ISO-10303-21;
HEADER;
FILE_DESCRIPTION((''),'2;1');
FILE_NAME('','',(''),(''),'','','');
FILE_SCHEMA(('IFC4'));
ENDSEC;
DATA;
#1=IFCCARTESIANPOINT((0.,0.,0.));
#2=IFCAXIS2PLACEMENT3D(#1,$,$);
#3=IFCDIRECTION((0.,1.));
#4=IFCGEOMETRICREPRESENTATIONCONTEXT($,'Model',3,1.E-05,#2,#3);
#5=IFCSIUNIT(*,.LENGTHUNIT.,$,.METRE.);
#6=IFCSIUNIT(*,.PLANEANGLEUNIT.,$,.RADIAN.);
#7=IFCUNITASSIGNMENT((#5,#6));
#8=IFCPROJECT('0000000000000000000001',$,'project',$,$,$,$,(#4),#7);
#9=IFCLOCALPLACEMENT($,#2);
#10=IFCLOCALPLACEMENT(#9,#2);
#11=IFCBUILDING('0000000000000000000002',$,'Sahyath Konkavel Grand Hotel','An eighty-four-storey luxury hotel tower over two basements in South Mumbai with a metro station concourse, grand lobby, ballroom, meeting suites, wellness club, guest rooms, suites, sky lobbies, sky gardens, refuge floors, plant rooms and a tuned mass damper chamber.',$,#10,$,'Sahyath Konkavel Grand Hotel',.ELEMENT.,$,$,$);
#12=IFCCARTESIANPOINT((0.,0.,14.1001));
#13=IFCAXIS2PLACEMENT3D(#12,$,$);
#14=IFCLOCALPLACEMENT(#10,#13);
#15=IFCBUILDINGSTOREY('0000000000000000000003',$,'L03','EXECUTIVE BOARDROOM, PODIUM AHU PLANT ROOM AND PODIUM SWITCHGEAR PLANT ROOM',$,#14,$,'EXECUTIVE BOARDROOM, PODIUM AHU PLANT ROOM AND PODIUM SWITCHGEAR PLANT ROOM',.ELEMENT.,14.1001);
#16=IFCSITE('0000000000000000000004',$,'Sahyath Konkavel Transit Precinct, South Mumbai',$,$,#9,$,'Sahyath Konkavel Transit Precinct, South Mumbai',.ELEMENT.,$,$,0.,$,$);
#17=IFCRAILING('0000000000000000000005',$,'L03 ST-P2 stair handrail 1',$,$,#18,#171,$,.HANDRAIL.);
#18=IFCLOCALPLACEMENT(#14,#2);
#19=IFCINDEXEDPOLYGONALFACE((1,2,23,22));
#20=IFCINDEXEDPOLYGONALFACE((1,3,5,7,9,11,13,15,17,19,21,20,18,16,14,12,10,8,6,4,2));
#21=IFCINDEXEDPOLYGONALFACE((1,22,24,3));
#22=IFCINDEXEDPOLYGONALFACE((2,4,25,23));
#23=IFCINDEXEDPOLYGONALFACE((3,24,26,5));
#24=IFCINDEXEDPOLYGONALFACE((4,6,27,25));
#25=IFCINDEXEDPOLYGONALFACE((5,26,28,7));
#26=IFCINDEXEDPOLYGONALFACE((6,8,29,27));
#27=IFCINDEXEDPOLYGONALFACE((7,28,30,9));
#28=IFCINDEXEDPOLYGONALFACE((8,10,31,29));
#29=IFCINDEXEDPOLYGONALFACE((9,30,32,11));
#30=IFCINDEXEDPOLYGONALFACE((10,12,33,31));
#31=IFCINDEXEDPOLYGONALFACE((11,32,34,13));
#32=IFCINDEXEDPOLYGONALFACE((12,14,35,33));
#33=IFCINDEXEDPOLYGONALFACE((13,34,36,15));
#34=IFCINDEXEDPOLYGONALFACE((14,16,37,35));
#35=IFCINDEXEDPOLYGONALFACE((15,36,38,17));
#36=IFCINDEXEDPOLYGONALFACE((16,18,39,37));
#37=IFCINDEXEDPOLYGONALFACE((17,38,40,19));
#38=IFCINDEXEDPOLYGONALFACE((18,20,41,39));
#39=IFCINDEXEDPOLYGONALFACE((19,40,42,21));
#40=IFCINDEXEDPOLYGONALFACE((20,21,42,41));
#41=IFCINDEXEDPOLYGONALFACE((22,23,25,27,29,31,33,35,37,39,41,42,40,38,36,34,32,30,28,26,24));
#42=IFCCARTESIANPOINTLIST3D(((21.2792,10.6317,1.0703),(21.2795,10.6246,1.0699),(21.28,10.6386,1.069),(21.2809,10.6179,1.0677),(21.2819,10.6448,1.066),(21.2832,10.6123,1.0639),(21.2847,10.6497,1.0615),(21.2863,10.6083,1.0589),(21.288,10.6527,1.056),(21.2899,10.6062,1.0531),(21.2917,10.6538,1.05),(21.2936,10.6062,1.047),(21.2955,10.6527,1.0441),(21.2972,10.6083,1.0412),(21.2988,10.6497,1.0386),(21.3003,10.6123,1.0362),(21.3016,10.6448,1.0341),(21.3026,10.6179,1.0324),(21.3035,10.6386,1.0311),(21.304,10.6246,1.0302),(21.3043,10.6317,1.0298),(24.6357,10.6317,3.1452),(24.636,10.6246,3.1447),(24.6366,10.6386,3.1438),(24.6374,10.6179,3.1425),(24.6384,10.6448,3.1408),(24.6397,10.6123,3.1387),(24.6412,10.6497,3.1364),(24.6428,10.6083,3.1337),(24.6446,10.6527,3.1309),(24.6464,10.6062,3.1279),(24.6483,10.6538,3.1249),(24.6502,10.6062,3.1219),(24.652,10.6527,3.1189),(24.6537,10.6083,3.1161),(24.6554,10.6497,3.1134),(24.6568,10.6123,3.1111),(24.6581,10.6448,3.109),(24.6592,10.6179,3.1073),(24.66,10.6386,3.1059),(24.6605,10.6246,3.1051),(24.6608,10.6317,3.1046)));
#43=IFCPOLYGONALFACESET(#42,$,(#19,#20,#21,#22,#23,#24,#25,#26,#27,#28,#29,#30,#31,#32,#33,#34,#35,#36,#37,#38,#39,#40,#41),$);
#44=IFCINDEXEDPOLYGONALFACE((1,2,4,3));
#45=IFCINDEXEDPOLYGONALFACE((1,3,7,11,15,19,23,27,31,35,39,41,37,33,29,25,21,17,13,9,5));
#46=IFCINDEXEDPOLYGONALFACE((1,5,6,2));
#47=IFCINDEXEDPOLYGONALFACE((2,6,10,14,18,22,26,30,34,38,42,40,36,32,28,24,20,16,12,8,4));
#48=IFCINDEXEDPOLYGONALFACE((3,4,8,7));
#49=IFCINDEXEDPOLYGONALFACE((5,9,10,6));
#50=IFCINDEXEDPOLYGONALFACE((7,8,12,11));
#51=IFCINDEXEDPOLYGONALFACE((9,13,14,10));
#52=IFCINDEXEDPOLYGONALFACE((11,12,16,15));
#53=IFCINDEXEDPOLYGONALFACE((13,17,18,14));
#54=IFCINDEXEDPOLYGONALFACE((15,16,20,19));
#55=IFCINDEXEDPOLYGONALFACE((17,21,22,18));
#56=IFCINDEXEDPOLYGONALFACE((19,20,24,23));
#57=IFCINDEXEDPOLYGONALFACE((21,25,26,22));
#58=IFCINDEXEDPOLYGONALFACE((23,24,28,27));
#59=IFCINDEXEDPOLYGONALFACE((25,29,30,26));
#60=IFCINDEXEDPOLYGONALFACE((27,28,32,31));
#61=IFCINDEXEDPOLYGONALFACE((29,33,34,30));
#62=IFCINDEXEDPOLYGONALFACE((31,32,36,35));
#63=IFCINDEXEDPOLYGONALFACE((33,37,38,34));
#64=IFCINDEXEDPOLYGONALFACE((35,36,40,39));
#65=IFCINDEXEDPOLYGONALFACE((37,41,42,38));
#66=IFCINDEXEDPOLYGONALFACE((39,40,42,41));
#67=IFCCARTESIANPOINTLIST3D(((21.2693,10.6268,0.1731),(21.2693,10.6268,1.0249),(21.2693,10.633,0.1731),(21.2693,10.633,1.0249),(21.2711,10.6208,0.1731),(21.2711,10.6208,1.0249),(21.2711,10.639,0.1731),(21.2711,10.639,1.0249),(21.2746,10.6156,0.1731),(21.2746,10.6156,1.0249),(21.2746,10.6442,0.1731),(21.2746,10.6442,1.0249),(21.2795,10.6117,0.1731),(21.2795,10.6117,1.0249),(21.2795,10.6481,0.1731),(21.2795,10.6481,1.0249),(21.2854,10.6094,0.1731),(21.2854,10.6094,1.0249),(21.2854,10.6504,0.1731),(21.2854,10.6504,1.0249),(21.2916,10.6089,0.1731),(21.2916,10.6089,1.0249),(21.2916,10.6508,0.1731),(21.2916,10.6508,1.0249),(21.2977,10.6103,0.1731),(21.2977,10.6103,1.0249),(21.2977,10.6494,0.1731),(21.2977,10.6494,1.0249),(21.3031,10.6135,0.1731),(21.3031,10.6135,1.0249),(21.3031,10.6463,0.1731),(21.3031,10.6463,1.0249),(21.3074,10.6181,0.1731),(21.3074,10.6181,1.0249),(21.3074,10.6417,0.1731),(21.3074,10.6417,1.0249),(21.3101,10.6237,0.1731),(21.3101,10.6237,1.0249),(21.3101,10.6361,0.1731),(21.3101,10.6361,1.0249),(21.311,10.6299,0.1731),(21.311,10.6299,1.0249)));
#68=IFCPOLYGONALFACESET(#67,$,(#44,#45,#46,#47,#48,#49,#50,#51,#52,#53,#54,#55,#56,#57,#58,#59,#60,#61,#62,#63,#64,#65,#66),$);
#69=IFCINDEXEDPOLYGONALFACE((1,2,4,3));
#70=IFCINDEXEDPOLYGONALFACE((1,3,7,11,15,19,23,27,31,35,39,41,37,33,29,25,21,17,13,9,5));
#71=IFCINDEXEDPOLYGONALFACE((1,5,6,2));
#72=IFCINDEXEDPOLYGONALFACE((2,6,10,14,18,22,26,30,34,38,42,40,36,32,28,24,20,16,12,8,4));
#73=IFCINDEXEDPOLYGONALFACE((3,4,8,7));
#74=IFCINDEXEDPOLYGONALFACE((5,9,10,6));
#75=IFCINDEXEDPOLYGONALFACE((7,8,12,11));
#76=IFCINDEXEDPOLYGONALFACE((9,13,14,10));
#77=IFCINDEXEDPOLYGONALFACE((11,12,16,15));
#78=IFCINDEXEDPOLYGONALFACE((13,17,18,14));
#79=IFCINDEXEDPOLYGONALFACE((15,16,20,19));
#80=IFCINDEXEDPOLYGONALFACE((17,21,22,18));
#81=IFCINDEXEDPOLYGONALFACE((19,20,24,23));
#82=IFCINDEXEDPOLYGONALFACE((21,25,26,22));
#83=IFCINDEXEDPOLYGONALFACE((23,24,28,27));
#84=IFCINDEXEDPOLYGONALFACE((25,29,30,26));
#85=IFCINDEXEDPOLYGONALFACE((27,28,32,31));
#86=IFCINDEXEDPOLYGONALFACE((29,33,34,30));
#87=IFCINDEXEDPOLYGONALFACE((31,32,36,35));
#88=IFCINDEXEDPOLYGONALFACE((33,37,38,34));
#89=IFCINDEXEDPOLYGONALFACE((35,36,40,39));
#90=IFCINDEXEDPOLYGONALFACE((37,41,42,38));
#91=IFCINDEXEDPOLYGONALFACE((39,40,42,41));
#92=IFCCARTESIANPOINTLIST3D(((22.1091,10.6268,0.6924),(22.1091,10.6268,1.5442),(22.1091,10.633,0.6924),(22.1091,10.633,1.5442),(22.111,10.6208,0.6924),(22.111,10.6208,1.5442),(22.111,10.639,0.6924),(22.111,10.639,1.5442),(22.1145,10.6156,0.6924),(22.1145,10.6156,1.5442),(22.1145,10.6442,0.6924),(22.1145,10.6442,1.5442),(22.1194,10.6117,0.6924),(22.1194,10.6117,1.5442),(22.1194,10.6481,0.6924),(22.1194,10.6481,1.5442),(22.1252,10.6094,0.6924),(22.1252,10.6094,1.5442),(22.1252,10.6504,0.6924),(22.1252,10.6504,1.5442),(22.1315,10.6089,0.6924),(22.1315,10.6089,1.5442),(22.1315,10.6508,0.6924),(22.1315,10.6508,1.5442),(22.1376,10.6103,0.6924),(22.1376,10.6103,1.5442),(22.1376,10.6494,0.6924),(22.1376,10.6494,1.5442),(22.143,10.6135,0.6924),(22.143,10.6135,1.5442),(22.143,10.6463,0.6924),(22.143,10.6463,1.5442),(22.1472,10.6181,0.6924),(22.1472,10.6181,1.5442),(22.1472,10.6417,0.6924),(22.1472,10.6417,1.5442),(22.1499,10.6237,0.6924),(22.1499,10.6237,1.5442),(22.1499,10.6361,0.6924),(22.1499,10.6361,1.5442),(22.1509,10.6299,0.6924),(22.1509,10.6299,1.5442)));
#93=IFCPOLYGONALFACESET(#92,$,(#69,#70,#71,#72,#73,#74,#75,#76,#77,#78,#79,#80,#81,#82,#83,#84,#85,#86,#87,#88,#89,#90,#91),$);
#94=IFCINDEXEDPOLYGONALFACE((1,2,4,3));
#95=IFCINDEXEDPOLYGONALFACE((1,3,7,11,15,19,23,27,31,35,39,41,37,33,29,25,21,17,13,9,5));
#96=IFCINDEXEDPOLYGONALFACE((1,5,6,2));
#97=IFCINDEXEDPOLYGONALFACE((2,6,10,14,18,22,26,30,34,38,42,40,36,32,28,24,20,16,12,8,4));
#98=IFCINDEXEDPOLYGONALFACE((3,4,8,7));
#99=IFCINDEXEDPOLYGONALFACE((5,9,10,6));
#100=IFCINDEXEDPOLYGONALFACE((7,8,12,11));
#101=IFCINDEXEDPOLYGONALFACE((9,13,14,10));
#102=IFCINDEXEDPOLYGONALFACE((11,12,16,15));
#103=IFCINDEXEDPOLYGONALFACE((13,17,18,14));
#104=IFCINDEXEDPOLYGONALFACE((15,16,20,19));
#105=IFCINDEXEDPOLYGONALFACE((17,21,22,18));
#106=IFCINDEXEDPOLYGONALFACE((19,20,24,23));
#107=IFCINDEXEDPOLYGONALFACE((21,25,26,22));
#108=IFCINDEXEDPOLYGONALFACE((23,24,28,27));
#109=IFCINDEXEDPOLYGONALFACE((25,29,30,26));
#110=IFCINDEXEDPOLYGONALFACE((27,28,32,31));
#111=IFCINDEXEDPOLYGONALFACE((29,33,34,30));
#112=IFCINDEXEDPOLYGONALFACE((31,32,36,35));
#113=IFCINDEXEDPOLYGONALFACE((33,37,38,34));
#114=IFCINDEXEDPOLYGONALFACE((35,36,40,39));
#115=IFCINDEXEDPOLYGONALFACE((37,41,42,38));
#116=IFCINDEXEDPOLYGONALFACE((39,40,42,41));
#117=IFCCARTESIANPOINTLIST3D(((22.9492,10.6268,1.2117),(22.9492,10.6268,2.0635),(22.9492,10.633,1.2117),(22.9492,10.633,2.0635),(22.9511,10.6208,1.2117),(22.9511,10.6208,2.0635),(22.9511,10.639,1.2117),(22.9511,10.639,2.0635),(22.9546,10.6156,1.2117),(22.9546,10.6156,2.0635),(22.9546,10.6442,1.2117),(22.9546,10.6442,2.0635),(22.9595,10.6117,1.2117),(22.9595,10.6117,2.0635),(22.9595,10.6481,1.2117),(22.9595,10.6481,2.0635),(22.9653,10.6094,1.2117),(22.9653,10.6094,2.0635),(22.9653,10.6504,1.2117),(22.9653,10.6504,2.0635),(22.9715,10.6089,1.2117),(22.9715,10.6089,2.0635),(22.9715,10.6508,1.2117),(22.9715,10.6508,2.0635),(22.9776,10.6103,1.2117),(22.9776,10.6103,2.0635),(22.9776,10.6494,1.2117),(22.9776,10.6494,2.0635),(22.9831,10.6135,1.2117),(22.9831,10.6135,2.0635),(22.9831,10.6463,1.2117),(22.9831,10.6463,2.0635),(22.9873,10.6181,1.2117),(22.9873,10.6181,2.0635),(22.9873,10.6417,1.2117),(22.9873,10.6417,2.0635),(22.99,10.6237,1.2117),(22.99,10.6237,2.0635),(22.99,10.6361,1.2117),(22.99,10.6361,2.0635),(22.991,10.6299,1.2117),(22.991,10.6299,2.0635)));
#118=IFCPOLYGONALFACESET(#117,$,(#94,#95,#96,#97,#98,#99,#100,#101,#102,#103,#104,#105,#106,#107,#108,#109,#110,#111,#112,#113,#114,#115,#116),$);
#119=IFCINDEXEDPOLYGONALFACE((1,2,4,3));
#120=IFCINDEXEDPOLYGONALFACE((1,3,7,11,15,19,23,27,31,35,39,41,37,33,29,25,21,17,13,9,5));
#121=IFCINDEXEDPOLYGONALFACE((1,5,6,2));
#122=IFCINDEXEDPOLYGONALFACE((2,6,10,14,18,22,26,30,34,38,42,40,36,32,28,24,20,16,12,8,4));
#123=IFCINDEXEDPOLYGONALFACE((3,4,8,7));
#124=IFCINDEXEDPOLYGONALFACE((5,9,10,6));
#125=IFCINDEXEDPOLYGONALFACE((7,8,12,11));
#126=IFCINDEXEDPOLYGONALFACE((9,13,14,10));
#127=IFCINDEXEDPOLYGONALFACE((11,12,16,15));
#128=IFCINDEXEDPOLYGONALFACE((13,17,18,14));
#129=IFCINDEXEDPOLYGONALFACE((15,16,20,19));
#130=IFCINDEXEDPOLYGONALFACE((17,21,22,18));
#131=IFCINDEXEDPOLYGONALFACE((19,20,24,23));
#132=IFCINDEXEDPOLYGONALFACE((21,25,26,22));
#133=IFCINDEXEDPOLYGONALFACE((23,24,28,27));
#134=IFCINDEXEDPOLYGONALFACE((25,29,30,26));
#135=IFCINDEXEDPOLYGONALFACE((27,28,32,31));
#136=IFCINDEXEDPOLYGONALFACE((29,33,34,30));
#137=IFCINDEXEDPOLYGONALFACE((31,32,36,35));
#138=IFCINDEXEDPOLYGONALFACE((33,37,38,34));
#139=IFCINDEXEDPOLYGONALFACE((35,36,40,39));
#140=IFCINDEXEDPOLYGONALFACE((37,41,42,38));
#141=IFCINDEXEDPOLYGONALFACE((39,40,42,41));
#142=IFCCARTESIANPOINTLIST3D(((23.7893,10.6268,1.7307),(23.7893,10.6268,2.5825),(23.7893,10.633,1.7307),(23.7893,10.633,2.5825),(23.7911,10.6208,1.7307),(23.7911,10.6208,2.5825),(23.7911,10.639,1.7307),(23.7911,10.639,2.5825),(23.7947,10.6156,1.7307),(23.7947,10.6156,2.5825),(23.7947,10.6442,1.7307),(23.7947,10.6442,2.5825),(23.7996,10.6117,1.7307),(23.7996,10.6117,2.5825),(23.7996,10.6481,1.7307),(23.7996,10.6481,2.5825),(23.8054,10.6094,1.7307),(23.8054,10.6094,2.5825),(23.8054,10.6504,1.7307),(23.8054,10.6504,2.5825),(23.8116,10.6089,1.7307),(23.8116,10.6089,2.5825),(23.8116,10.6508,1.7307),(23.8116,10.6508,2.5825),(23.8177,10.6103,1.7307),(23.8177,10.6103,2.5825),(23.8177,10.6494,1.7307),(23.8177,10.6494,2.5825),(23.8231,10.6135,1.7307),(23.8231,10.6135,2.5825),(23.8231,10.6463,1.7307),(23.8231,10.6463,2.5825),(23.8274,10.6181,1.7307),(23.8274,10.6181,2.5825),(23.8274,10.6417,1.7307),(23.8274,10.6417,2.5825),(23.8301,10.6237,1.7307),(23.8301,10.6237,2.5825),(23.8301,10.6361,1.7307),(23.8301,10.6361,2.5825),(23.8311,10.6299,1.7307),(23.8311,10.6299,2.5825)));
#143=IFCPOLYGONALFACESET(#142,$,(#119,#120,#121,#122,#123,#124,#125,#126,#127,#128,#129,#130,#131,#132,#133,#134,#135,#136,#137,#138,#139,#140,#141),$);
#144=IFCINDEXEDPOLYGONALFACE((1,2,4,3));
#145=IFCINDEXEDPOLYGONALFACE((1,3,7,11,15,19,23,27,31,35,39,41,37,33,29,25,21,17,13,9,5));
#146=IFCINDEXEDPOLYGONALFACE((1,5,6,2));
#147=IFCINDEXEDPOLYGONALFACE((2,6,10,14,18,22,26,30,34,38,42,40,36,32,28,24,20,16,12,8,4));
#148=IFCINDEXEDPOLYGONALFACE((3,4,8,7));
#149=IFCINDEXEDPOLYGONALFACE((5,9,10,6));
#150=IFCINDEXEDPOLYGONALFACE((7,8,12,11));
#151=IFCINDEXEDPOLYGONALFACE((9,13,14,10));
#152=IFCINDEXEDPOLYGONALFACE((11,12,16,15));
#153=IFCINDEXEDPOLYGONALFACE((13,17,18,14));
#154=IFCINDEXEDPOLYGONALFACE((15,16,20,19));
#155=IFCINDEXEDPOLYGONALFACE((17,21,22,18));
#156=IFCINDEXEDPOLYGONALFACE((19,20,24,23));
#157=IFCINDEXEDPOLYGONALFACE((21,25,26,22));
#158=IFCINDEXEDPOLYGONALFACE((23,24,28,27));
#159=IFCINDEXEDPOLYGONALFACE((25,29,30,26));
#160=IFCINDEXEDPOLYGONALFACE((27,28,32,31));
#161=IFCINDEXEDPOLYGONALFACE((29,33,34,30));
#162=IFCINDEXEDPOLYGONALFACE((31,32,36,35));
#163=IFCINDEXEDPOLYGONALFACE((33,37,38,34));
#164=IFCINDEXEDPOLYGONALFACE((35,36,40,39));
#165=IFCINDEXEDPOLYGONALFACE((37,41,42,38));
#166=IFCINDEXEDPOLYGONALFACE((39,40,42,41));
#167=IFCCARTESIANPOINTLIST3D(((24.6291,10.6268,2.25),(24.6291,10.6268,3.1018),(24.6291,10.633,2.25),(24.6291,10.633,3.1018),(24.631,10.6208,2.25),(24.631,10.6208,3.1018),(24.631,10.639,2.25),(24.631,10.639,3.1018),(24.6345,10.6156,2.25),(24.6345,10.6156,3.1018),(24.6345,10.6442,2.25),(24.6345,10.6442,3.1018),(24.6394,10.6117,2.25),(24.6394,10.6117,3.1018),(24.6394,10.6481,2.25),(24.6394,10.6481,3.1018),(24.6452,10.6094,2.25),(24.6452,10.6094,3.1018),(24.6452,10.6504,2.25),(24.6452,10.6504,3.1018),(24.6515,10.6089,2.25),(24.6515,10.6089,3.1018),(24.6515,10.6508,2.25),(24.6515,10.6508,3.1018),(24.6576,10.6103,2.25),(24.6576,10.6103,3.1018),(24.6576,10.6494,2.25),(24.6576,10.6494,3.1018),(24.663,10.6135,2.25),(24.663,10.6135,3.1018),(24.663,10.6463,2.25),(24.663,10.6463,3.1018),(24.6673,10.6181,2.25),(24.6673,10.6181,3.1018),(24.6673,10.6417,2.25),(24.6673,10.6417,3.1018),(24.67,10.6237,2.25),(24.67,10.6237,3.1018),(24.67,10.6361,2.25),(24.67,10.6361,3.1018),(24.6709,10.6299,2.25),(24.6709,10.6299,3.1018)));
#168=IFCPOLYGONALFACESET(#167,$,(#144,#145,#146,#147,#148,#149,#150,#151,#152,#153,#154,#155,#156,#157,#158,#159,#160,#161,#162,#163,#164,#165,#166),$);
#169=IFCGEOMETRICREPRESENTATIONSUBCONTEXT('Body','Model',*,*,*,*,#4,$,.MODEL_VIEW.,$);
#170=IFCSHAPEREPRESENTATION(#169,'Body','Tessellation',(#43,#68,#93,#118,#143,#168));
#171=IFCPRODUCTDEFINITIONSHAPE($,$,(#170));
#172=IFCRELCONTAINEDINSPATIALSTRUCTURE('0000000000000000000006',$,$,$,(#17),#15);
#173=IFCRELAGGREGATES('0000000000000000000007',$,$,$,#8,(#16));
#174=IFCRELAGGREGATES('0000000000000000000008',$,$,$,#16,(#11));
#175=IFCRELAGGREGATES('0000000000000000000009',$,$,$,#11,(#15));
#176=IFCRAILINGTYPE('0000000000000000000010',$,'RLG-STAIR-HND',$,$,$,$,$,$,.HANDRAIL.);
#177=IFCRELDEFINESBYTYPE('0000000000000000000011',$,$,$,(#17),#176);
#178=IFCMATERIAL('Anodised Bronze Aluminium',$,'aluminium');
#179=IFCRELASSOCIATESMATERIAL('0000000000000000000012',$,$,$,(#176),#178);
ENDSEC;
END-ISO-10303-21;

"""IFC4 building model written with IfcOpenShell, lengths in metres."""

from ifc_helpers import new_model, si_unit, direction, frame, origin, origin_2d, place, context, subcontext, project, spatial, circle, extrude, material, type_object, element, save


model = new_model("IFC4")

# Units and contexts
model_context = context("Model", 3, precision=1e-05, world=origin(), true_north=direction((0.0, 1.0)))
body_context = subcontext(model_context, "Body", "Model", "MODEL_VIEW")
ifc_project = project(units=[si_unit("LENGTHUNIT", "METRE"), si_unit("PLANEANGLEUNIT", "RADIAN")], contexts=[model_context])

# Site, building, storey
site_placement = place(None, origin())
site = spatial("IfcSite", under=ifc_project, at=site_placement, Name="Sahyath Konkavel Transit Precinct, South Mumbai", LongName="Sahyath Konkavel Transit Precinct, South Mumbai", CompositionType="ELEMENT", RefElevation=0.0)
building_placement = place(site_placement, origin())
building = spatial("IfcBuilding", under=site, at=building_placement, Name="Sahyath Konkavel Grand Hotel", Description="An eighty-four-storey luxury hotel tower over two basements in South Mumbai with a metro station concourse, grand lobby, ballroom, meeting suites, wellness club, guest rooms, suites, sky lobbies, sky gardens, refuge floors, plant rooms and a tuned mass damper chamber.", LongName="Sahyath Konkavel Grand Hotel", CompositionType="ELEMENT")
storey_placement = place(building_placement, frame((0.0, 0.0, 14.1001)))
storey = spatial("IfcBuildingStorey", under=building, at=storey_placement, Name="L03", Description="EXECUTIVE BOARDROOM, PODIUM AHU PLANT ROOM AND PODIUM SWITCHGEAR PLANT ROOM", LongName="EXECUTIVE BOARDROOM, PODIUM AHU PLANT ROOM AND PODIUM SWITCHGEAR PLANT ROOM", CompositionType="ELEMENT", Elevation=14.1001)

# Shared definitions
ifc_material_1 = material(Name="Anodised Bronze Aluminium", Category="aluminium")

# Railing
railing_type_1 = type_object("IfcRailingType", Name="RLG-STAIR-HND", PredefinedType="HANDRAIL", material=ifc_material_1)
railing_1_placement = place(storey_placement, frame((21.29, 10.6299, 0.1731)))
element("IfcRailing", 1, at=railing_1_placement, inside=storey, type_object=railing_type_1, Name="L03 ST-P2 stair handrail 1", PredefinedType="HANDRAIL", context=body_context, shape_type="SweptSolid", body=[
    extrude(circle(Radius=0.0239, at=origin_2d()), frame((0.0017, 0.0, 0.877), z_axis=(0.850606, 0.0, 0.525803), x_axis=(0.0, 1.0, 0.0)), (0.0, 0.0, 1.0), 3.946),
    extrude(circle(Radius=0.021, at=origin_2d()), origin(), (0.0, 0.0, 1.0), 0.8518),
    extrude(circle(Radius=0.021, at=origin_2d()), frame((0.8398, 0.0, 0.5193)), (0.0, 0.0, 1.0), 0.8518),
    extrude(circle(Radius=0.021, at=origin_2d()), frame((1.6799, 0.0, 1.0386)), (0.0, 0.0, 1.0), 0.8518),
    extrude(circle(Radius=0.021, at=origin_2d()), frame((2.52, 0.0, 1.5576)), (0.0, 0.0, 1.0), 0.8518),
    extrude(circle(Radius=0.021, at=origin_2d()), frame((3.3599, 0.0, 2.0769)), (0.0, 0.0, 1.0), 0.8518),
])

save(model, "model.ifc")
